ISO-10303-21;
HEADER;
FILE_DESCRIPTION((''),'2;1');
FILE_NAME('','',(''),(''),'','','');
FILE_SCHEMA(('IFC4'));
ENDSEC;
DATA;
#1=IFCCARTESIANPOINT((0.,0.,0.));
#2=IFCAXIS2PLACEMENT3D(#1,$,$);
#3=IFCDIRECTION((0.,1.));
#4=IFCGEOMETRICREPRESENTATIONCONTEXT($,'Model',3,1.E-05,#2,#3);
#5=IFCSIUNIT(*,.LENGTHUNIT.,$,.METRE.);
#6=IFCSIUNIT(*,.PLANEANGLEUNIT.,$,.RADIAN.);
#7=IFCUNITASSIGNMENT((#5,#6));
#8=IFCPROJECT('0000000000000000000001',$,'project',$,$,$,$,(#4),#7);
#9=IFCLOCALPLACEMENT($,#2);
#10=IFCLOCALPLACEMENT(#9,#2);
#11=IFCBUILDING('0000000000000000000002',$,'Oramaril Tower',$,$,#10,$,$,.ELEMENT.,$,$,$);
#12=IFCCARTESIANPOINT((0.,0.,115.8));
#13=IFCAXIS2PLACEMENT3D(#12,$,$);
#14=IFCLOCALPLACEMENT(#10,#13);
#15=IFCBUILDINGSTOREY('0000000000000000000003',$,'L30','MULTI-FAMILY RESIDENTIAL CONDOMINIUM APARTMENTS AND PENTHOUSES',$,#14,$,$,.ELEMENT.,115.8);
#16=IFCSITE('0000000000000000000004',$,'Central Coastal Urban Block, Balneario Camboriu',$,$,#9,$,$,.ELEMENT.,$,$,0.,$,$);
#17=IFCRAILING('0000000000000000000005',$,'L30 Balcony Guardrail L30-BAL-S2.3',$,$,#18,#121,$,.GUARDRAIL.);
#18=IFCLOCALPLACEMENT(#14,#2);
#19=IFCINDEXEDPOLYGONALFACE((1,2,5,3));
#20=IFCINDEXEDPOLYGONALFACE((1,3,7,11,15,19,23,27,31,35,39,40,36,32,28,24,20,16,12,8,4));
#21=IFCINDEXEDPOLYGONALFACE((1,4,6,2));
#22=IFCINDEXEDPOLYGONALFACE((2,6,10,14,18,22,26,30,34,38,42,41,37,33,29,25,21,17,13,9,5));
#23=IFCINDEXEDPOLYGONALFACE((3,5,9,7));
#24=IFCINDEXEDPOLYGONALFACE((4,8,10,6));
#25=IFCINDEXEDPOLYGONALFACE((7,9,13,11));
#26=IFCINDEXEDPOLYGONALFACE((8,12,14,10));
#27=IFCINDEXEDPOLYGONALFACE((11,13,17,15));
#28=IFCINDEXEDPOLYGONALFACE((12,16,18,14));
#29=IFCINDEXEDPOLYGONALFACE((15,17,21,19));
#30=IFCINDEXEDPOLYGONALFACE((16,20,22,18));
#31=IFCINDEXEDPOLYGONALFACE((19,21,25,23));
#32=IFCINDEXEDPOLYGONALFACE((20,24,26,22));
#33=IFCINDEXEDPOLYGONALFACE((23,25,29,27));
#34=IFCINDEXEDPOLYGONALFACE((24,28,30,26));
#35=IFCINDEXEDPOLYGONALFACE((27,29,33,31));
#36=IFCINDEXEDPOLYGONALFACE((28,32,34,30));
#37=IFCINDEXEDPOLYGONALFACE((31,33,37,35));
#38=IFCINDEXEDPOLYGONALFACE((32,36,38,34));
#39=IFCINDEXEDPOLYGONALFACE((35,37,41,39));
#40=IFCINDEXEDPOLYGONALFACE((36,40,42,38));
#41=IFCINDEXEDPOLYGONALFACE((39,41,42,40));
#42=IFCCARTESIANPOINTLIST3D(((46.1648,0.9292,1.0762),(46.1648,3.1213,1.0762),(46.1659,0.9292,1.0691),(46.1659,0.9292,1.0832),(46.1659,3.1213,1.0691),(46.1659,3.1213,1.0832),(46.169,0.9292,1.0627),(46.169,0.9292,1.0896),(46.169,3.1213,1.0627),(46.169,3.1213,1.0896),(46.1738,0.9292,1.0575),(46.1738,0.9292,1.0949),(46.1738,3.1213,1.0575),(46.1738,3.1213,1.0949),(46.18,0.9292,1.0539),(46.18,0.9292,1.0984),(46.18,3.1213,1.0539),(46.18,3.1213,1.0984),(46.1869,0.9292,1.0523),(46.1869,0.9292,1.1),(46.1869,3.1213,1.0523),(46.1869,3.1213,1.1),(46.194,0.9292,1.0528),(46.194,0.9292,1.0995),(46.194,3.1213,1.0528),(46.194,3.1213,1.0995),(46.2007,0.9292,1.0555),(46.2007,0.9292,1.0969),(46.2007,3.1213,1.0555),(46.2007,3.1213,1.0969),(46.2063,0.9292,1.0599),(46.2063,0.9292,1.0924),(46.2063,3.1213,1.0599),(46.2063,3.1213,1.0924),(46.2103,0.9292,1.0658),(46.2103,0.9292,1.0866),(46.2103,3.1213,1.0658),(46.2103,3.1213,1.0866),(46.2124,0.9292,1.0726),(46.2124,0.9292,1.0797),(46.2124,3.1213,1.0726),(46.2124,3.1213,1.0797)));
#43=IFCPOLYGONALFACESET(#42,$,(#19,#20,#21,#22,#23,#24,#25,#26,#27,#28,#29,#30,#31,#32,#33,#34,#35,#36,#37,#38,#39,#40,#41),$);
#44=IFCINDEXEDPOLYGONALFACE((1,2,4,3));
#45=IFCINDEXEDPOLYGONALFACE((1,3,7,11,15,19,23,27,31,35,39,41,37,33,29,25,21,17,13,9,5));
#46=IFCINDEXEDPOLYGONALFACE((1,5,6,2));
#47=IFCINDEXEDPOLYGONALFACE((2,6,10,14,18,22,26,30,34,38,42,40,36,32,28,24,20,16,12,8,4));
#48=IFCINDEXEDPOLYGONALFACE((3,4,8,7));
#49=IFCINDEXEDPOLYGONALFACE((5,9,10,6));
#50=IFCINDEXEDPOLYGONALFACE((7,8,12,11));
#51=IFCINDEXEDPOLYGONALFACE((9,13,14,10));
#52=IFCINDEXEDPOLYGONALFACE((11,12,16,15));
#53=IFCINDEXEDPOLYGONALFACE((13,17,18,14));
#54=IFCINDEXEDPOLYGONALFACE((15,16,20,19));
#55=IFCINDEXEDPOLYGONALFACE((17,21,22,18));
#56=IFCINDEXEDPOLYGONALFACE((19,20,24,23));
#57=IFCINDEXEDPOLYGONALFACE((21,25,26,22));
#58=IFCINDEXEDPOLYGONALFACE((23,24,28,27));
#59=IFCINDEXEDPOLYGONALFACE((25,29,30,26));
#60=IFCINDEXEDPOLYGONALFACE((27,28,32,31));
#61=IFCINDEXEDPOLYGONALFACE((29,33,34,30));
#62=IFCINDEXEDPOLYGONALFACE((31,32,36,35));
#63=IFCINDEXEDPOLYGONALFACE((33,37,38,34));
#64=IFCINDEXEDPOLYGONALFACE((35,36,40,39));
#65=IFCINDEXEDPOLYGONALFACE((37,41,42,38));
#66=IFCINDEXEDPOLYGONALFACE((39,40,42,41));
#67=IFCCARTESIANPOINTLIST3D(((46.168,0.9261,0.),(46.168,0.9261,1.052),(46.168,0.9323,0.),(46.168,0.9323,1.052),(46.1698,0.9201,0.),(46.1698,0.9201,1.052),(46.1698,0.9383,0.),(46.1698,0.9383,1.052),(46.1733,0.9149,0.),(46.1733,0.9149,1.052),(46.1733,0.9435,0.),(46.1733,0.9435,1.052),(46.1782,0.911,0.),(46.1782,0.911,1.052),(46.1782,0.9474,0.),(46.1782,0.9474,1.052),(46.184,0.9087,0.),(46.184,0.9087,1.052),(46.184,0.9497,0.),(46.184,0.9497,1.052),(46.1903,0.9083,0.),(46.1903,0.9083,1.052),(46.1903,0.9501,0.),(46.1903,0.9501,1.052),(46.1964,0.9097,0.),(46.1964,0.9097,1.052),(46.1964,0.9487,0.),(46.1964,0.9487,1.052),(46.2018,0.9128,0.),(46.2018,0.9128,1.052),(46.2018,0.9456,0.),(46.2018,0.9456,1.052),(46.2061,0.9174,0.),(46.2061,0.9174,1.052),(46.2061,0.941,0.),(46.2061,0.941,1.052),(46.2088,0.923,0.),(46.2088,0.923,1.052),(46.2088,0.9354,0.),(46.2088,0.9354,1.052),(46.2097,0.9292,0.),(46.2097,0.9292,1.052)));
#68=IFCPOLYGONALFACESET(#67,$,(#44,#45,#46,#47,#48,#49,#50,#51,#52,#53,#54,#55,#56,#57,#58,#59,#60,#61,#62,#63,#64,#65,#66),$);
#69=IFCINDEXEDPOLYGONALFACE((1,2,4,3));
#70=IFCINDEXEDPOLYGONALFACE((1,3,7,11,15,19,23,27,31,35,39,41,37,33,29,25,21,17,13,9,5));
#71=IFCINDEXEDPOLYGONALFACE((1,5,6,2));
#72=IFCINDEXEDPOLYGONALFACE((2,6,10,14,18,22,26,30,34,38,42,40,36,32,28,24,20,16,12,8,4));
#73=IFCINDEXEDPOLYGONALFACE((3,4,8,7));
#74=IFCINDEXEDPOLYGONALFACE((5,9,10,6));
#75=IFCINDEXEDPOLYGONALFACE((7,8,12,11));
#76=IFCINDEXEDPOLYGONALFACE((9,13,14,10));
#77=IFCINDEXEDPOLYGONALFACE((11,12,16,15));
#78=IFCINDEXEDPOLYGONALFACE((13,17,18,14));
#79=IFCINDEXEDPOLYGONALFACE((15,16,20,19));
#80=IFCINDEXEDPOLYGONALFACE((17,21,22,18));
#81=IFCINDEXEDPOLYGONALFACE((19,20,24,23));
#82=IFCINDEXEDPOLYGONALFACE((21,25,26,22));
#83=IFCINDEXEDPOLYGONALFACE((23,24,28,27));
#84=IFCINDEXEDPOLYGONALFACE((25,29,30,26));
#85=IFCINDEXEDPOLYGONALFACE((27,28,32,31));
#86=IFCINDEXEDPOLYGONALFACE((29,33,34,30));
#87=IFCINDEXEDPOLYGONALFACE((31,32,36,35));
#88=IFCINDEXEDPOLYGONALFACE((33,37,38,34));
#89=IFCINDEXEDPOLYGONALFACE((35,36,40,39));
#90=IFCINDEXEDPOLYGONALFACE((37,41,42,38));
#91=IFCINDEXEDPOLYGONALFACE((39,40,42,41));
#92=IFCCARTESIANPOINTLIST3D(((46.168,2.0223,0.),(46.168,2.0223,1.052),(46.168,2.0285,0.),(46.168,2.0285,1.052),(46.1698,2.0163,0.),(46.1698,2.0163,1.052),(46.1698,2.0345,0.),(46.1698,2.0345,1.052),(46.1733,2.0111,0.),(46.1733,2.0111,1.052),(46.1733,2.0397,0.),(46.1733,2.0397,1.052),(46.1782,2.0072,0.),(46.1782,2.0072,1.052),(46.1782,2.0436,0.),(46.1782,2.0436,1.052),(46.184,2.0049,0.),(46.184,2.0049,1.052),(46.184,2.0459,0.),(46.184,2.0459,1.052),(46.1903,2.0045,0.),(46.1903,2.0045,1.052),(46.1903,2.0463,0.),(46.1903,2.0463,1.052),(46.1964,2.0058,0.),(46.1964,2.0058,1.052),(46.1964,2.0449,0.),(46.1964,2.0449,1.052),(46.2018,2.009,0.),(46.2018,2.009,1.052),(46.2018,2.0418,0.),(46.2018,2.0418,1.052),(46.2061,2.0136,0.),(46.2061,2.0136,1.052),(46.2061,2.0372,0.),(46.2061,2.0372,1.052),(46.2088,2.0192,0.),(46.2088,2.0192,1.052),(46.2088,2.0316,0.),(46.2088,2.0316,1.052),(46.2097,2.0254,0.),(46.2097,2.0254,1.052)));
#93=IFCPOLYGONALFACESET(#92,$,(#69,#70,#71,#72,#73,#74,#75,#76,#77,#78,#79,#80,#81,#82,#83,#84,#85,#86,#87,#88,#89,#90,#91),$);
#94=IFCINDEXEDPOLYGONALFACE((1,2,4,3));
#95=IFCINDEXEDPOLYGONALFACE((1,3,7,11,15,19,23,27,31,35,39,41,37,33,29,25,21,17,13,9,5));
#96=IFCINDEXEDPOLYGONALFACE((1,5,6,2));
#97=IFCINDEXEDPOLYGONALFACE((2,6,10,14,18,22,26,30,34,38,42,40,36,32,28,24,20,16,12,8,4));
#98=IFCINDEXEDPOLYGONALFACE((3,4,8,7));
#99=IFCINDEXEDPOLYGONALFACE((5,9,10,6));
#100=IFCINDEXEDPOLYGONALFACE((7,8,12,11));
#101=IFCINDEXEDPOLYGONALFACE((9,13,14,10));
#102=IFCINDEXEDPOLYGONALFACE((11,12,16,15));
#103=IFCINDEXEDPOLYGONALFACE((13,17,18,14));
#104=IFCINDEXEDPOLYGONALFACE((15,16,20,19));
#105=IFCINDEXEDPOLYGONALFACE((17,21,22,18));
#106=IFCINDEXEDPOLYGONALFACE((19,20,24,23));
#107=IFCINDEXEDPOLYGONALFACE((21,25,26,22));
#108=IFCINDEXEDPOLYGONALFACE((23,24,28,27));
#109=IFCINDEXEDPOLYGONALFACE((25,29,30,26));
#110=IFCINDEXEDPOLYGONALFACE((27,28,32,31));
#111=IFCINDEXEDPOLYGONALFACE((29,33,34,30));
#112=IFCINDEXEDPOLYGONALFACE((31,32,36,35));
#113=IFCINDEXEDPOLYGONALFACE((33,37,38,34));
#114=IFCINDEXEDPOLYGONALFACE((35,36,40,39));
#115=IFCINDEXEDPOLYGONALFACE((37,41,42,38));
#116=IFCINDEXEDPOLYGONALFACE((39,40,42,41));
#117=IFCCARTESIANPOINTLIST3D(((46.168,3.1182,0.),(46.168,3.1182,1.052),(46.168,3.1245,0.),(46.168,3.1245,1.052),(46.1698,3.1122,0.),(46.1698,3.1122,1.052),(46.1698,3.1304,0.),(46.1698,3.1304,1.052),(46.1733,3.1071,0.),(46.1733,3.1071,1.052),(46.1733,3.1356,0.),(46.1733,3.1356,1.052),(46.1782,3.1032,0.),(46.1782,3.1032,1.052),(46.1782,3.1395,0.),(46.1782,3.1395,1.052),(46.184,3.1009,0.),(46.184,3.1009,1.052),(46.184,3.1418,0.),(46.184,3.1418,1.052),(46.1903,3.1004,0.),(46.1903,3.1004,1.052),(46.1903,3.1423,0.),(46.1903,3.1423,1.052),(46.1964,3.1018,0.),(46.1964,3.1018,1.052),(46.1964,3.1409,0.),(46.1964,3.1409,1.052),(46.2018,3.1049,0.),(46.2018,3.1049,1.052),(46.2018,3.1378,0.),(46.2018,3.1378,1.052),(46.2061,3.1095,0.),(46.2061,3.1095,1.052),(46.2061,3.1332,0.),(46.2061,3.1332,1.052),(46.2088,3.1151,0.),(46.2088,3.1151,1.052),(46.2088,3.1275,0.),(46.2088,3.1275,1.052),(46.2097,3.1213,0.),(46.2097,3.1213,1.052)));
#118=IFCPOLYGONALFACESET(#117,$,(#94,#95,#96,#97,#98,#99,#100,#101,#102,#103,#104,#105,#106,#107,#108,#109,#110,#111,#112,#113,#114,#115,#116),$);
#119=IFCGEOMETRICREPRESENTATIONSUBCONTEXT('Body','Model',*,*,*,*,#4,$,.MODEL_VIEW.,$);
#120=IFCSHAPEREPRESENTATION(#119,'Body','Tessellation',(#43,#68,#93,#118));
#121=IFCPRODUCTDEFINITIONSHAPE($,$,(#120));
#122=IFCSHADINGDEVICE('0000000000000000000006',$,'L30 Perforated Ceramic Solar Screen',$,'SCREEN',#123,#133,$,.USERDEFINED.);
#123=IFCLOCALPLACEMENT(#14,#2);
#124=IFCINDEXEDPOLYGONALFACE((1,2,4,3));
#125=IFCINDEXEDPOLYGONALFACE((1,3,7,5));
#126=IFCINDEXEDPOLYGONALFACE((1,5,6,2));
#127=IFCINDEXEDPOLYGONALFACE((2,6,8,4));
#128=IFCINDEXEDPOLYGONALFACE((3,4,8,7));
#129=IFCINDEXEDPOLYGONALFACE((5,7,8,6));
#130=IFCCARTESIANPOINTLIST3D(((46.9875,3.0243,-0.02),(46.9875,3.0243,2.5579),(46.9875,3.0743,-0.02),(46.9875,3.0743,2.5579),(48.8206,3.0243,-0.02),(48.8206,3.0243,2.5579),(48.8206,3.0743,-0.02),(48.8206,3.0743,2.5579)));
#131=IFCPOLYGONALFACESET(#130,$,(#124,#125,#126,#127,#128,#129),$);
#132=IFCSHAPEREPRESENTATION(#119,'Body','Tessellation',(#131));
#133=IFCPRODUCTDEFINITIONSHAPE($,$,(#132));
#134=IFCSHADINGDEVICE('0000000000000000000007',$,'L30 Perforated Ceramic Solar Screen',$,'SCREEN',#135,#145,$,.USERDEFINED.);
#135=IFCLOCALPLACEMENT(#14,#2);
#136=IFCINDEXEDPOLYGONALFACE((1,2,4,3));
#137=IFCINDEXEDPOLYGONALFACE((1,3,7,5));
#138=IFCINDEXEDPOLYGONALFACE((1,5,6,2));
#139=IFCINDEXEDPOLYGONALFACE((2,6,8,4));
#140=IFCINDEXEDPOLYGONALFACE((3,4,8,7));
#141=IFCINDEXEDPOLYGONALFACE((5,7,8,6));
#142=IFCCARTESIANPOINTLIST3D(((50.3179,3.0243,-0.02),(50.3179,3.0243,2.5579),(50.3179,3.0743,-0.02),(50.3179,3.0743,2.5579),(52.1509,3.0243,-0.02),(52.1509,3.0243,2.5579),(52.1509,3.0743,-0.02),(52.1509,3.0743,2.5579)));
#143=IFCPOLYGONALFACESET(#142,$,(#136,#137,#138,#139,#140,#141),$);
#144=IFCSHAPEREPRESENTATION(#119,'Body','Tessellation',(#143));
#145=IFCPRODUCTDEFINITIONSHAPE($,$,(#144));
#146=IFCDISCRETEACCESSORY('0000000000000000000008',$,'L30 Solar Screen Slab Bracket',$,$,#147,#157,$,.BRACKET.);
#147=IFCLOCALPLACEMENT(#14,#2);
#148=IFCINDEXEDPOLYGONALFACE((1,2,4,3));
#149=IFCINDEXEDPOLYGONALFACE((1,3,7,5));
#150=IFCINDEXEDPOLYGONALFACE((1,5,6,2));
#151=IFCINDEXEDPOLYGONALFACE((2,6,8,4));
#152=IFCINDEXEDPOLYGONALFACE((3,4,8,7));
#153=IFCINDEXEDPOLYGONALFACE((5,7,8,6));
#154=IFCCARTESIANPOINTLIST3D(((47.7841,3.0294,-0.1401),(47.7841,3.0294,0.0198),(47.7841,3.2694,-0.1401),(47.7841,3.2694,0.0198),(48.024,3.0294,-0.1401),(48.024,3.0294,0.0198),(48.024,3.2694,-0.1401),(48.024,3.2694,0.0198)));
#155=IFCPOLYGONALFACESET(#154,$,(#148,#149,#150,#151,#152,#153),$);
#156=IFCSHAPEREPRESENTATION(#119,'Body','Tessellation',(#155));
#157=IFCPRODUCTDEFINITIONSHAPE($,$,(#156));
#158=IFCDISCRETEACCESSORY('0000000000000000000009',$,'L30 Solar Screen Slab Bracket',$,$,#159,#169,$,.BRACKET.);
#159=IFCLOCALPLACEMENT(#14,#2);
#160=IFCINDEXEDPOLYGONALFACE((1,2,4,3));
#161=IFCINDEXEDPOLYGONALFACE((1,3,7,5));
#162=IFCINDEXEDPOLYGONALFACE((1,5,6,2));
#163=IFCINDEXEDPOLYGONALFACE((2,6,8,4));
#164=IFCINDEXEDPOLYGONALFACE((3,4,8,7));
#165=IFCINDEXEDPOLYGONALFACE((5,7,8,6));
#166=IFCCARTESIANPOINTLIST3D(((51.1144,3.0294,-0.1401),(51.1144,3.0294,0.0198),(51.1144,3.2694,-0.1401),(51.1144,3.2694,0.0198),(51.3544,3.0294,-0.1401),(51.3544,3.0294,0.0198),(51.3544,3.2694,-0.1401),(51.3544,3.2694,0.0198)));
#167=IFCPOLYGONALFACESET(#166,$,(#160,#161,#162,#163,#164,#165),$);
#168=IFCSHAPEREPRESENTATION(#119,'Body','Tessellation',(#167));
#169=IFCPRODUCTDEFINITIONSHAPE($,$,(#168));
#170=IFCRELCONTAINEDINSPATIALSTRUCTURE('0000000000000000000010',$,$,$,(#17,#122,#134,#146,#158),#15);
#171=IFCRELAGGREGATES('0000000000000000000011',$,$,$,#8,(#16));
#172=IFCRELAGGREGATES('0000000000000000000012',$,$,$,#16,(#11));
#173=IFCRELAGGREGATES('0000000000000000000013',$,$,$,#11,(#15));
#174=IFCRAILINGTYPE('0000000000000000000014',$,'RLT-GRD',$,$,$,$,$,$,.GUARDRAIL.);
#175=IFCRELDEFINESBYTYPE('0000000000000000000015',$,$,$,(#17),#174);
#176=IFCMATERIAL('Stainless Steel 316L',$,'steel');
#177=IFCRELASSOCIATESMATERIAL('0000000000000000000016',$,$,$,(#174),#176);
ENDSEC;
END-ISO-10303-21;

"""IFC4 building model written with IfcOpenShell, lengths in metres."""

from ifc_helpers import new_model, si_unit, direction, frame, origin, origin_2d, place, context, subcontext, project, spatial, rectangle, circle, extrude, material, type_object, element, save


model = new_model("IFC4")

# Units and contexts
model_context = context("Model", 3, precision=1e-05, world=origin(), true_north=direction((0.0, 1.0)))
body_context = subcontext(model_context, "Body", "Model", "MODEL_VIEW")
ifc_project = project(units=[si_unit("LENGTHUNIT", "METRE"), si_unit("PLANEANGLEUNIT", "RADIAN")], contexts=[model_context])

# Site, building, storey
site_placement = place(None, origin())
site = spatial("IfcSite", under=ifc_project, at=site_placement, Name="Central Coastal Urban Block, Balneario Camboriu", CompositionType="ELEMENT", RefElevation=0.0)
building_placement = place(site_placement, origin())
building = spatial("IfcBuilding", under=site, at=building_placement, Name="Oramaril Tower", CompositionType="ELEMENT")
storey_placement = place(building_placement, frame((0.0, 0.0, 115.8)))
storey = spatial("IfcBuildingStorey", under=building, at=storey_placement, Name="L30", Description="MULTI-FAMILY RESIDENTIAL CONDOMINIUM APARTMENTS AND PENTHOUSES", CompositionType="ELEMENT", Elevation=115.8)

# Railing
ifc_material_1 = material(Name="Stainless Steel 316L", Category="steel")
railing_type = type_object("IfcRailingType", Name="RLT-GRD", PredefinedType="GUARDRAIL", material=ifc_material_1)
railing_1_placement = place(storey_placement, frame((46.1887, 0.9292, 0.0)))
element("IfcRailing", 1, at=railing_1_placement, inside=storey, type_object=railing_type, Name="L30 Balcony Guardrail L30-BAL-S2.3", PredefinedType="GUARDRAIL", context=body_context, shape_type="SweptSolid", body=[
    extrude(circle(Radius=0.0239, at=origin_2d()), frame((0.0, 0.0, 1.0762), z_axis=(0.0, 1.0, 0.0), x_axis=(-1.0, 0.0, 0.0)), (0.0, 0.0, 1.0), 2.1921),
    extrude(circle(Radius=0.021, at=origin_2d()), origin(), (0.0, 0.0, 1.0), 1.052),
    extrude(circle(Radius=0.021, at=origin_2d()), frame((0.0, 1.0962, 0.0)), (0.0, 0.0, 1.0), 1.052),
    extrude(circle(Radius=0.021, at=origin_2d()), frame((0.0, 2.1921, 0.0)), (0.0, 0.0, 1.0), 1.052),
])

# Shading devices
for number, where, z_axis, x_axis, name in (
    (2, (47.9041, 3.0493, -0.02), (0.0, 0.0, 1.0), (1.0, 0.0, 0.0), "L30 Perforated Ceramic Solar Screen"),
    (3, (51.2344, 3.0493, -0.02), (0.0, 0.0, 1.0), (1.0, 0.0, 0.0), "L30 Perforated Ceramic Solar Screen"),
):
    element("IfcShadingDevice", number, at=place(storey_placement, frame(where, z_axis=z_axis, x_axis=x_axis)), inside=storey, Name=name, ObjectType="SCREEN", PredefinedType="USERDEFINED", context=body_context, shape_type="SweptSolid", body=[
        extrude(rectangle(XDim=1.833, YDim=0.05, at=origin_2d()), origin(), (0.0, 0.0, 1.0), 2.5779),
    ])

# Discrete accessories
for number, where, z_axis, x_axis, name in (
    (4, (47.9041, 3.1494, -0.1401), (0.0, 0.0, 1.0), (1.0, 0.0, 0.0), "L30 Solar Screen Slab Bracket"),
    (5, (51.2344, 3.1494, -0.1401), (0.0, 0.0, 1.0), (1.0, 0.0, 0.0), "L30 Solar Screen Slab Bracket"),
):
    element("IfcDiscreteAccessory", number, at=place(storey_placement, frame(where, z_axis=z_axis, x_axis=x_axis)), inside=storey, Name=name, PredefinedType="BRACKET", context=body_context, shape_type="SweptSolid", body=[
        extrude(rectangle(XDim=0.24, YDim=0.24, at=origin_2d()), origin(), (0.0, 0.0, 1.0), 0.1599),
    ])

save(model, "model.ifc")
